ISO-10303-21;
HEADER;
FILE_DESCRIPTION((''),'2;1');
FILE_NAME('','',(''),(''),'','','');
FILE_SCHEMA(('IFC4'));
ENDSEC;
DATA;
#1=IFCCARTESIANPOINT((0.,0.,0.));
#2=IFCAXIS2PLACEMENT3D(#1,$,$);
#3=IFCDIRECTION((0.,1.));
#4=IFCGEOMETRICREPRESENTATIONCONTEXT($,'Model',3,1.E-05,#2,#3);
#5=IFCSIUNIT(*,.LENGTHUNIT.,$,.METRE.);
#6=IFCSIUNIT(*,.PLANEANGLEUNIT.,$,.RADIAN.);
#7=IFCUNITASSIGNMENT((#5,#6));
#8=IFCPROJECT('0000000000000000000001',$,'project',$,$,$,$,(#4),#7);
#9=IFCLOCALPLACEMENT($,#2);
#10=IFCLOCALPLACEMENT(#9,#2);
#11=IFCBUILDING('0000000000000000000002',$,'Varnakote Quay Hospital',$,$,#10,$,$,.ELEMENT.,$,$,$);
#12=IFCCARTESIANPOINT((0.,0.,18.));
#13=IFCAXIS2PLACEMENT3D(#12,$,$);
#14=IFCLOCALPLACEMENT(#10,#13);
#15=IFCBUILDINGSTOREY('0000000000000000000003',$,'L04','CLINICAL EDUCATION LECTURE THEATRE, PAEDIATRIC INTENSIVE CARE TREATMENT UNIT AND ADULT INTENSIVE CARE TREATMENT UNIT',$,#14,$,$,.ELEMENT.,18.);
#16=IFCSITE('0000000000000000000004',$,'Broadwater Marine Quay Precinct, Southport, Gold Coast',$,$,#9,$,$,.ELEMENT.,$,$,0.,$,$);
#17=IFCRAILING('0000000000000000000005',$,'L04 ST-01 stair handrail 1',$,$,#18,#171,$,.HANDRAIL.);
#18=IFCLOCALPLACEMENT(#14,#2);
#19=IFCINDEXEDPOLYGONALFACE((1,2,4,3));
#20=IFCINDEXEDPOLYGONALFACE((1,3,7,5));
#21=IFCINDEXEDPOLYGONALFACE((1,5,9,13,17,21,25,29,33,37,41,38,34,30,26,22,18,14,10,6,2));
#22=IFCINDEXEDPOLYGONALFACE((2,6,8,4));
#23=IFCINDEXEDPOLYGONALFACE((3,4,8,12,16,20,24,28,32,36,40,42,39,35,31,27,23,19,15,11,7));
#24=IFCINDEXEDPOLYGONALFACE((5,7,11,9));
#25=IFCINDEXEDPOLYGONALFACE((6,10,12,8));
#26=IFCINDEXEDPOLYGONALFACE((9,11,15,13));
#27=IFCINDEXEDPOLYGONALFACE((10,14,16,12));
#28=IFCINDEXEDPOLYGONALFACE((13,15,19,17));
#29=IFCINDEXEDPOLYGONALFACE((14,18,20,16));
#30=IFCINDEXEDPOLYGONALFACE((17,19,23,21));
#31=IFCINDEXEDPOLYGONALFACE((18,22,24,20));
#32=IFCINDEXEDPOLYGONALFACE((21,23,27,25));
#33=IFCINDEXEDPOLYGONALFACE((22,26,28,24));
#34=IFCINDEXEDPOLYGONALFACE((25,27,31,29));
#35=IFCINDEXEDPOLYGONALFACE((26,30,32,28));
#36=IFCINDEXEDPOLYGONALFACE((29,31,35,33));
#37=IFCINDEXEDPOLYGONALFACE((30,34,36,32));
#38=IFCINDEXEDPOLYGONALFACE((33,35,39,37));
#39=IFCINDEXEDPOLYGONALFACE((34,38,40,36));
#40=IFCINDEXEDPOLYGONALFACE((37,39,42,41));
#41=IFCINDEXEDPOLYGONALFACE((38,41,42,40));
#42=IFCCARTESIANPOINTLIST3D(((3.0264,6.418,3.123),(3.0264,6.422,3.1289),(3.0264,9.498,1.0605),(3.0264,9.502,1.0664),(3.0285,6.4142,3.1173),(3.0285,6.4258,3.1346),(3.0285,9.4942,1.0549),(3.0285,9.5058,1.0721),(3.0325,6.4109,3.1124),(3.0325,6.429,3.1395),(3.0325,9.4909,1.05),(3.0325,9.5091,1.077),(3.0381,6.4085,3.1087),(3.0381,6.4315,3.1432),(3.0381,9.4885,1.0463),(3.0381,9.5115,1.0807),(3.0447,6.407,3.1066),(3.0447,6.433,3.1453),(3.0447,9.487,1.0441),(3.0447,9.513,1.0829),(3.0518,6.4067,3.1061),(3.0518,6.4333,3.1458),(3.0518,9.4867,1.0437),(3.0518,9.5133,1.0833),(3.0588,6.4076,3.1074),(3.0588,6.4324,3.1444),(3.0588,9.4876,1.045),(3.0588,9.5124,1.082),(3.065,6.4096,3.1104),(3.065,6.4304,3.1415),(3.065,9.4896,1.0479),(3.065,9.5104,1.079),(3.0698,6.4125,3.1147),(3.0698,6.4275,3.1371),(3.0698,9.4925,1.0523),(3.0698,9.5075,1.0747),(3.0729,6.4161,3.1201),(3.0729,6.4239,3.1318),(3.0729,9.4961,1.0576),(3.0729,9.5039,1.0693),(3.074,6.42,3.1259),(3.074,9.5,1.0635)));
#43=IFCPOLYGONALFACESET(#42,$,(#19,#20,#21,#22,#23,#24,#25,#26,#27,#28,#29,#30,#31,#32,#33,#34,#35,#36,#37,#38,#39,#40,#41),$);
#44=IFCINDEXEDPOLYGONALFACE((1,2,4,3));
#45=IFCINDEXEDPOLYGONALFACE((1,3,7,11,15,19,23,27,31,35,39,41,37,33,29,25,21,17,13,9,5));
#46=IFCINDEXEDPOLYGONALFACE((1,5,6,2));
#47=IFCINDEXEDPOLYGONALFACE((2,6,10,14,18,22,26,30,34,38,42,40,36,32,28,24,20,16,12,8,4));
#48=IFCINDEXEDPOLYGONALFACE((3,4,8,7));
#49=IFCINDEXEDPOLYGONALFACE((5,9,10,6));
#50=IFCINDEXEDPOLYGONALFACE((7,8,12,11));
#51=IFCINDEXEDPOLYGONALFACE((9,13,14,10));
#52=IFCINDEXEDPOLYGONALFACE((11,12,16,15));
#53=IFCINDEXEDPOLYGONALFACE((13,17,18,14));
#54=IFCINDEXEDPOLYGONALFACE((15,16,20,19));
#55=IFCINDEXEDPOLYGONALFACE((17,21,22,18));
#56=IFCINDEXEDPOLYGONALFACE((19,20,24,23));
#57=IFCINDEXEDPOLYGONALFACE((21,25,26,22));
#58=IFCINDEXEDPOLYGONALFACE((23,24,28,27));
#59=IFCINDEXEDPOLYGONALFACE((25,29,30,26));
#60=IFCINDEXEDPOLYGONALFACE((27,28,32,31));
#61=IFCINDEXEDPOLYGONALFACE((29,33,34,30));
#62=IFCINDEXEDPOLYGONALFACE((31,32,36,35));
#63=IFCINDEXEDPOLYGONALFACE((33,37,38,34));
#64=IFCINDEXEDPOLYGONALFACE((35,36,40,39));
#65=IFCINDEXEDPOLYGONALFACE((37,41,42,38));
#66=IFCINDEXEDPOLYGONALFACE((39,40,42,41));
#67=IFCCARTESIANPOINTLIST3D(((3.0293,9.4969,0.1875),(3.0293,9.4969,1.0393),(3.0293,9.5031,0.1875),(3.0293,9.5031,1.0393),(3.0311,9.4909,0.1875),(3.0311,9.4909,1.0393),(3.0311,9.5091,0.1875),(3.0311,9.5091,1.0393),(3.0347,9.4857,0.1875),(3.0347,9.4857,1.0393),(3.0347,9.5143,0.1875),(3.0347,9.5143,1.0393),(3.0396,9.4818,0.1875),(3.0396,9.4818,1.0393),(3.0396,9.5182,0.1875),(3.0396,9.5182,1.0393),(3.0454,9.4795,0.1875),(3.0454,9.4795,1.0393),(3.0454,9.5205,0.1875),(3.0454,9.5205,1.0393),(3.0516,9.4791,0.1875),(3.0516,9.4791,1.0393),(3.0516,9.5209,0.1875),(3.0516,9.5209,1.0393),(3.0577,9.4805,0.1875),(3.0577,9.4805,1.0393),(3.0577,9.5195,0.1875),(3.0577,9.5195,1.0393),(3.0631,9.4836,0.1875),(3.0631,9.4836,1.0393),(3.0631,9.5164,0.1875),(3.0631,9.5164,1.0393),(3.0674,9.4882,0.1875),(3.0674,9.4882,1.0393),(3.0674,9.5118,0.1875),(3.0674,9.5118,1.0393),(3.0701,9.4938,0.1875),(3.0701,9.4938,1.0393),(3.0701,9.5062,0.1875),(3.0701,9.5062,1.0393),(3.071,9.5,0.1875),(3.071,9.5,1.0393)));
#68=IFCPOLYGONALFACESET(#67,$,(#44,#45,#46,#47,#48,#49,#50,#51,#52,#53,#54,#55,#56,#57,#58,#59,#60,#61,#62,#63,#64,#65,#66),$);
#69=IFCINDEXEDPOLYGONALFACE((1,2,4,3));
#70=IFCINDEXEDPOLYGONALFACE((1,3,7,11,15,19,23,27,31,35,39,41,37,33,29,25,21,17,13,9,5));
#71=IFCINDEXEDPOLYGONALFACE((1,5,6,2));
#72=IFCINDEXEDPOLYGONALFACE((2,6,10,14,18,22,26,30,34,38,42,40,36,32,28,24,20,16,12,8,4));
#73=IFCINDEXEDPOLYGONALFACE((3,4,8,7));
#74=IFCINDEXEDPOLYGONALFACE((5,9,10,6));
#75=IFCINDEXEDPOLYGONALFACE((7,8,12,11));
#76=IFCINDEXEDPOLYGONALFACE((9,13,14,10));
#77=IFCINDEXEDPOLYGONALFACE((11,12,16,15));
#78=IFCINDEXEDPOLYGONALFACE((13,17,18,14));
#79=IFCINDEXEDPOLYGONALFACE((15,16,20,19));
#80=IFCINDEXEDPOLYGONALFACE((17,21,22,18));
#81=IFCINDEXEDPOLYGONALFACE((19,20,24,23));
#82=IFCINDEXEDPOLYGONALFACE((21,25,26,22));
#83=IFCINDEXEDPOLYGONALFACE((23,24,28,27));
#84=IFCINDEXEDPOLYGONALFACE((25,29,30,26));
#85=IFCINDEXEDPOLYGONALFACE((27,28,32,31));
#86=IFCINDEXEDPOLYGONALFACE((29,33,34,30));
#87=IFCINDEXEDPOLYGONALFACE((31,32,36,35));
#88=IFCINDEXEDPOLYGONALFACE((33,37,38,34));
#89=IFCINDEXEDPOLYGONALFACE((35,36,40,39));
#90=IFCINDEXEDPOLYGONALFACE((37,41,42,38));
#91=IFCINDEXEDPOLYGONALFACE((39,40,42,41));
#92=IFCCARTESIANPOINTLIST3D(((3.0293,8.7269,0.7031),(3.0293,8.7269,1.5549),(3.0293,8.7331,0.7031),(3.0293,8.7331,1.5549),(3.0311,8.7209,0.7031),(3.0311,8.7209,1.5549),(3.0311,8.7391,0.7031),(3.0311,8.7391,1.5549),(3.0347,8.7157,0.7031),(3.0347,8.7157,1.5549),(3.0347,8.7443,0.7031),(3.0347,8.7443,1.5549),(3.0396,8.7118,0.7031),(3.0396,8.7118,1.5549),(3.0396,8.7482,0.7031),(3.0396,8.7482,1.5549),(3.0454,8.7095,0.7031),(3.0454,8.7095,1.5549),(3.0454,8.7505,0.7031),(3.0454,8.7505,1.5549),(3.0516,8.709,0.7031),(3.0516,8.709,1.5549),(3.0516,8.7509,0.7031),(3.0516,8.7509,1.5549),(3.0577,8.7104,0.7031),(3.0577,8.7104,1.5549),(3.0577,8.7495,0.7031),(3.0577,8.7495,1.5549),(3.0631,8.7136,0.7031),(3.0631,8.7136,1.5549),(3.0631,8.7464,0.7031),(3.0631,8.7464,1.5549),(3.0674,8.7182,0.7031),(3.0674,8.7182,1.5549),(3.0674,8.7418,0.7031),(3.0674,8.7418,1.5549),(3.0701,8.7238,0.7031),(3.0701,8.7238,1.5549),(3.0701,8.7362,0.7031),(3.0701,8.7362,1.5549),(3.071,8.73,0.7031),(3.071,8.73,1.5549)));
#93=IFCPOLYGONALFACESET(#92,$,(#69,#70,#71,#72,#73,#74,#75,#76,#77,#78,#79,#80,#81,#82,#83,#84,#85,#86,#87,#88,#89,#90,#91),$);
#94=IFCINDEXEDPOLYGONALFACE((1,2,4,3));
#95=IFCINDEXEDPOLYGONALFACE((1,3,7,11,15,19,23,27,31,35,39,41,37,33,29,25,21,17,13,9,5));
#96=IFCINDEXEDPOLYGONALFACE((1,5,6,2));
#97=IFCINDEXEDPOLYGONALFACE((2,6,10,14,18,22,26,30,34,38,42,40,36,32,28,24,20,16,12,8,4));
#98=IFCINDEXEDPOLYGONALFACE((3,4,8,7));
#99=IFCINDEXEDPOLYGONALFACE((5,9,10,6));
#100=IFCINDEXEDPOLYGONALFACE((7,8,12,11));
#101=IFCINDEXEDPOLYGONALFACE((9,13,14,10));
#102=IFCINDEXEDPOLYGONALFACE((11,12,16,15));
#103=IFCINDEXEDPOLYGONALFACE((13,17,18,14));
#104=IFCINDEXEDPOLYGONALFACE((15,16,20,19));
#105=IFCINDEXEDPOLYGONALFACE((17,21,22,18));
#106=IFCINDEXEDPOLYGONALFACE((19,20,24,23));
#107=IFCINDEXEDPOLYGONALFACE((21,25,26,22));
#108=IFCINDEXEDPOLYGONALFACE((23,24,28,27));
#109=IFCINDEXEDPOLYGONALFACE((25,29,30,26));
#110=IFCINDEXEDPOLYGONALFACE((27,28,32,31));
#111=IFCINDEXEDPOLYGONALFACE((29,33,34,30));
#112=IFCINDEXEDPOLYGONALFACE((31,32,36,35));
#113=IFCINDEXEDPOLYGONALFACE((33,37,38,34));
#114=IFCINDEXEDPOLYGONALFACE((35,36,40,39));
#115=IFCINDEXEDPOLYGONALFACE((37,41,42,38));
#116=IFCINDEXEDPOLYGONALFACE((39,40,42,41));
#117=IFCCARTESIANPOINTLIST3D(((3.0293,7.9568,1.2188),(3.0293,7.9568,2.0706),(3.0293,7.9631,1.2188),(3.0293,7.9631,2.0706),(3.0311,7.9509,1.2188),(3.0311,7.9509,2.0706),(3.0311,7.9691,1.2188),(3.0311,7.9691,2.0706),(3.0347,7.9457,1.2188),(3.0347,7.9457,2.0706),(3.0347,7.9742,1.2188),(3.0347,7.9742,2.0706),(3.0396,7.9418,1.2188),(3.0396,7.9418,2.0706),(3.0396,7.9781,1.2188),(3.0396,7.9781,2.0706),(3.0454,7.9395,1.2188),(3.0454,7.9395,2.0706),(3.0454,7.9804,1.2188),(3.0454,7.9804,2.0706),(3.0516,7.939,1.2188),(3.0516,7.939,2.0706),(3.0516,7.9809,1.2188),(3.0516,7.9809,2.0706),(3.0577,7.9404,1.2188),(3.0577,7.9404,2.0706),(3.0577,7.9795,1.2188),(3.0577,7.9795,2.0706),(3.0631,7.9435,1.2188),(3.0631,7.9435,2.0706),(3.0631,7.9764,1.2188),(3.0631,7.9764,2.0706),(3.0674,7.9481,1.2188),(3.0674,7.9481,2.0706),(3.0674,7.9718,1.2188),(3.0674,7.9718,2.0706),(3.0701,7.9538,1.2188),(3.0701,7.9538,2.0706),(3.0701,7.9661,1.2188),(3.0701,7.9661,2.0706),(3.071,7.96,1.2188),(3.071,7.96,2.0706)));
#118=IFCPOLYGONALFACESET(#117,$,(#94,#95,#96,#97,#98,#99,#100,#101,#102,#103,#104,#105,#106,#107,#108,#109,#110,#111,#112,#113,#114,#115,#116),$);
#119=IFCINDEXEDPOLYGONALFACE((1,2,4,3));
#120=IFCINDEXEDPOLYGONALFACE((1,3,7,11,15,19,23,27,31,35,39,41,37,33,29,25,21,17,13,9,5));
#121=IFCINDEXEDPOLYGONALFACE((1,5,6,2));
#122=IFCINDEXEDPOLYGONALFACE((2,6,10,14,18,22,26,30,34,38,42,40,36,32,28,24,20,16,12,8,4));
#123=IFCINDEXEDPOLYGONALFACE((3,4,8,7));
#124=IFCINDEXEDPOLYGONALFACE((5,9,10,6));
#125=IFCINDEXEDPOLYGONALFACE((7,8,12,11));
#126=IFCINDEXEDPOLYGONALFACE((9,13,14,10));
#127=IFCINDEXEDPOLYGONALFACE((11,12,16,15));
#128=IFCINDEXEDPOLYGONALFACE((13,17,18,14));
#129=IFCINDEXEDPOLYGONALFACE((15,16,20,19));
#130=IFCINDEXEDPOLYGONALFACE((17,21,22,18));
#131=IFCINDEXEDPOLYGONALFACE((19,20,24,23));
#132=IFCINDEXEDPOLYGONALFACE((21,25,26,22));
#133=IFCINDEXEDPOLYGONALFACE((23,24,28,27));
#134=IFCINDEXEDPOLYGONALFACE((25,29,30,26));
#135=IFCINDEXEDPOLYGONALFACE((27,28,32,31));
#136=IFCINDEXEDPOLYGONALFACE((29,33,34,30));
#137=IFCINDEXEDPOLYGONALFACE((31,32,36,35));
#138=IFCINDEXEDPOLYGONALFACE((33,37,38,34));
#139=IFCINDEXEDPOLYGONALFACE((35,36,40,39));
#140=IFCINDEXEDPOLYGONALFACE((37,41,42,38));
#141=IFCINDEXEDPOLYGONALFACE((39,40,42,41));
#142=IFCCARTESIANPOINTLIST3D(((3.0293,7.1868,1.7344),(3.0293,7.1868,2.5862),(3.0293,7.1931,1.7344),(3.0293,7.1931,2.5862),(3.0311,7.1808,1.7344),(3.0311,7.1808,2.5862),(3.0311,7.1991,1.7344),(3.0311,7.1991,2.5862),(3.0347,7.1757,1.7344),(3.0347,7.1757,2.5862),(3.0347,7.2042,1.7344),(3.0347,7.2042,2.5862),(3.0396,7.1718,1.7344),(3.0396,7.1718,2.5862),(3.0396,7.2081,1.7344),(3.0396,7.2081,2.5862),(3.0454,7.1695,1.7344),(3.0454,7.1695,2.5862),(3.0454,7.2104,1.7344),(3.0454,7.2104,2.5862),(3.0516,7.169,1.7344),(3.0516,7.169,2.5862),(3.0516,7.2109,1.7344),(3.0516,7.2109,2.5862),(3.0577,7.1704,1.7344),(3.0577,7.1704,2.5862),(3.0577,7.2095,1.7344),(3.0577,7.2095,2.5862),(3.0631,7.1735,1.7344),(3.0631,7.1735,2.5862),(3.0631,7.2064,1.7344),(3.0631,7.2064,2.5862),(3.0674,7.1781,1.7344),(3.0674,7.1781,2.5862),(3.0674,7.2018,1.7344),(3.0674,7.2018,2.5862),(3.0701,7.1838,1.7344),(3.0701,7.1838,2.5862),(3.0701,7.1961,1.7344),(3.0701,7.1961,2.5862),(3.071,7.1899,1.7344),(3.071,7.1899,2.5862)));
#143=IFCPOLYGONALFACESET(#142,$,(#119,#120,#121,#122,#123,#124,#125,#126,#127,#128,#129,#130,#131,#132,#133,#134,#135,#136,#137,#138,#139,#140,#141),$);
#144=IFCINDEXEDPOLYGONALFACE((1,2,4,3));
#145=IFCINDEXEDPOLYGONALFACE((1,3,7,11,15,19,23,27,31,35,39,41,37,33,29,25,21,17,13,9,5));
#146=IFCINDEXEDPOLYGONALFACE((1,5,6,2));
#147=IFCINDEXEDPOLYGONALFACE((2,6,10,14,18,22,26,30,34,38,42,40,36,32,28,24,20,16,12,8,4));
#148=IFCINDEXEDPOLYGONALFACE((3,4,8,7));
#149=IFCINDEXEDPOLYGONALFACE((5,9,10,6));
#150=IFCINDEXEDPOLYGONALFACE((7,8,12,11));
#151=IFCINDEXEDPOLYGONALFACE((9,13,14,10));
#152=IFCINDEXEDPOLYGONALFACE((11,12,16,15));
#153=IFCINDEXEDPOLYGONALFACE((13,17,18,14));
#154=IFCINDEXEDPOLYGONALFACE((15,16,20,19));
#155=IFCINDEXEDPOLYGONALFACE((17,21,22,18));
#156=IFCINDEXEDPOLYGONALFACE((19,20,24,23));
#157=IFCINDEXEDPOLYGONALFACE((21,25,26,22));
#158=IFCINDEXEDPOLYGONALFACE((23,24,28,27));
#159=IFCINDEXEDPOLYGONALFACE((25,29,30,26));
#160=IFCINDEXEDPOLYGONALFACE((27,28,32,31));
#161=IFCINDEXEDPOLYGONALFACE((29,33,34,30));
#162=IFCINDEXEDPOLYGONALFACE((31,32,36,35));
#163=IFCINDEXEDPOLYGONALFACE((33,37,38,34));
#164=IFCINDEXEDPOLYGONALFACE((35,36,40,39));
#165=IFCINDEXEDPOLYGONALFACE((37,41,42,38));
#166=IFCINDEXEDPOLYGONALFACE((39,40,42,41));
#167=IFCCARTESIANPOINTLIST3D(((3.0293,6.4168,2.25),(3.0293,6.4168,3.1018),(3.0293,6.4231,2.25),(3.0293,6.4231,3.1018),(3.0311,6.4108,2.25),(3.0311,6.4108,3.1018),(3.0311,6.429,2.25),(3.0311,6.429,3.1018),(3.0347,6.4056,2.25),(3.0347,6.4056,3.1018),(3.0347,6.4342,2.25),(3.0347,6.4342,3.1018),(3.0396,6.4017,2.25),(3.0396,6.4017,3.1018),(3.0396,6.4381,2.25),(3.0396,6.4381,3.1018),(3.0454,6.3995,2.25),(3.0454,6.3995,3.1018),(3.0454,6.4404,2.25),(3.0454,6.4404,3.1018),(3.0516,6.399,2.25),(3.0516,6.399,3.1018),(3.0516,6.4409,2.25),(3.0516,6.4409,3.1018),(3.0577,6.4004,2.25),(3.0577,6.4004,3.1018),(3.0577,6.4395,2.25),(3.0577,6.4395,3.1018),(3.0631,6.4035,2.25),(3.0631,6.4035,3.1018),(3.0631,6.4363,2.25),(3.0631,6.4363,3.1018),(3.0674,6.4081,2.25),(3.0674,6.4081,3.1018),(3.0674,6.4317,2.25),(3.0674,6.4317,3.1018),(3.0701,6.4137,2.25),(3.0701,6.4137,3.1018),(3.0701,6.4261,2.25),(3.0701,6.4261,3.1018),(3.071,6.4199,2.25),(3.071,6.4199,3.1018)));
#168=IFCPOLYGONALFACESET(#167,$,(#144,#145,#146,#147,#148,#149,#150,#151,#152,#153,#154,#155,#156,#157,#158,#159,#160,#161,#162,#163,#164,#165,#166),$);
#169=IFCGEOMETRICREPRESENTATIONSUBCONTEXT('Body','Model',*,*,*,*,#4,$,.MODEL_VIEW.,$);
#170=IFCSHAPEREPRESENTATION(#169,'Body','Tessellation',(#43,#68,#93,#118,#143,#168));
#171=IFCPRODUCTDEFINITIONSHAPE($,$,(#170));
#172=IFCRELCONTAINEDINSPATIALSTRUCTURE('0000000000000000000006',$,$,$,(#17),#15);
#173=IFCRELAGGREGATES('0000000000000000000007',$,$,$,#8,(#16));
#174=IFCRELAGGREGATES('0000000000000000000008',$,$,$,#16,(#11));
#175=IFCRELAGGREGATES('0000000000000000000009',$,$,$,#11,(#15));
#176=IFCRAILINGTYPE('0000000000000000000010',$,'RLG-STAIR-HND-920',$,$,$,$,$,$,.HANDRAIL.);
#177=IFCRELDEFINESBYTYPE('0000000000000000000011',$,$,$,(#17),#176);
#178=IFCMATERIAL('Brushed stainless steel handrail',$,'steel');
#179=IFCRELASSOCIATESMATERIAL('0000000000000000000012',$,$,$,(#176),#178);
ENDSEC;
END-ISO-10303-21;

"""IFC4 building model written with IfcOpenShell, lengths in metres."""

from ifc_helpers import new_model, si_unit, direction, frame, origin, origin_2d, place, context, subcontext, project, spatial, circle, extrude, material, type_object, element, save


model = new_model("IFC4")

# Units and contexts
model_context = context("Model", 3, precision=1e-05, world=origin(), true_north=direction((0.0, 1.0)))
body_context = subcontext(model_context, "Body", "Model", "MODEL_VIEW")
ifc_project = project(units=[si_unit("LENGTHUNIT", "METRE"), si_unit("PLANEANGLEUNIT", "RADIAN")], contexts=[model_context])

# Site, building, storey
site_placement = place(None, origin())
site = spatial("IfcSite", under=ifc_project, at=site_placement, Name="Broadwater Marine Quay Precinct, Southport, Gold Coast", CompositionType="ELEMENT", RefElevation=0.0)
building_placement = place(site_placement, origin())
building = spatial("IfcBuilding", under=site, at=building_placement, Name="Varnakote Quay Hospital", CompositionType="ELEMENT")
storey_placement = place(building_placement, frame((0.0, 0.0, 18.0)))
storey = spatial("IfcBuildingStorey", under=building, at=storey_placement, Name="L04", Description="CLINICAL EDUCATION LECTURE THEATRE, PAEDIATRIC INTENSIVE CARE TREATMENT UNIT AND ADULT INTENSIVE CARE TREATMENT UNIT", CompositionType="ELEMENT", Elevation=18.0)

# Railing
ifc_material_1 = material(Name="Brushed stainless steel handrail", Category="steel")
railing_type_1 = type_object("IfcRailingType", Name="RLG-STAIR-HND-920", PredefinedType="HANDRAIL", material=ifc_material_1)
railing_1_placement = place(storey_placement, frame((3.05, 9.5, 0.1875)))
element("IfcRailing", 1, at=railing_1_placement, inside=storey, type_object=railing_type_1, Name="L04 ST-01 stair handrail 1", PredefinedType="HANDRAIL", context=body_context, shape_type="SweptSolid", body=[
    extrude(circle(Radius=0.0239, at=origin_2d()), frame((0.0, 0.0, 0.876), z_axis=(0.0, -0.830914, 0.556401), x_axis=(1.0, 0.0, 0.0)), (0.0, 0.0, 1.0), 3.7068),
    extrude(circle(Radius=0.021, at=origin_2d()), origin(), (0.0, 0.0, 1.0), 0.8518),
    extrude(circle(Radius=0.021, at=origin_2d()), frame((0.0, -0.77, 0.5156)), (0.0, 0.0, 1.0), 0.8518),
    extrude(circle(Radius=0.021, at=origin_2d()), frame((0.0, -1.54, 1.0312)), (0.0, 0.0, 1.0), 0.8518),
    extrude(circle(Radius=0.021, at=origin_2d()), frame((0.0, -2.3101, 1.5469)), (0.0, 0.0, 1.0), 0.8518),
    extrude(circle(Radius=0.021, at=origin_2d()), frame((0.0, -3.0801, 2.0625)), (0.0, 0.0, 1.0), 0.8518),
])

save(model, "model.ifc")
